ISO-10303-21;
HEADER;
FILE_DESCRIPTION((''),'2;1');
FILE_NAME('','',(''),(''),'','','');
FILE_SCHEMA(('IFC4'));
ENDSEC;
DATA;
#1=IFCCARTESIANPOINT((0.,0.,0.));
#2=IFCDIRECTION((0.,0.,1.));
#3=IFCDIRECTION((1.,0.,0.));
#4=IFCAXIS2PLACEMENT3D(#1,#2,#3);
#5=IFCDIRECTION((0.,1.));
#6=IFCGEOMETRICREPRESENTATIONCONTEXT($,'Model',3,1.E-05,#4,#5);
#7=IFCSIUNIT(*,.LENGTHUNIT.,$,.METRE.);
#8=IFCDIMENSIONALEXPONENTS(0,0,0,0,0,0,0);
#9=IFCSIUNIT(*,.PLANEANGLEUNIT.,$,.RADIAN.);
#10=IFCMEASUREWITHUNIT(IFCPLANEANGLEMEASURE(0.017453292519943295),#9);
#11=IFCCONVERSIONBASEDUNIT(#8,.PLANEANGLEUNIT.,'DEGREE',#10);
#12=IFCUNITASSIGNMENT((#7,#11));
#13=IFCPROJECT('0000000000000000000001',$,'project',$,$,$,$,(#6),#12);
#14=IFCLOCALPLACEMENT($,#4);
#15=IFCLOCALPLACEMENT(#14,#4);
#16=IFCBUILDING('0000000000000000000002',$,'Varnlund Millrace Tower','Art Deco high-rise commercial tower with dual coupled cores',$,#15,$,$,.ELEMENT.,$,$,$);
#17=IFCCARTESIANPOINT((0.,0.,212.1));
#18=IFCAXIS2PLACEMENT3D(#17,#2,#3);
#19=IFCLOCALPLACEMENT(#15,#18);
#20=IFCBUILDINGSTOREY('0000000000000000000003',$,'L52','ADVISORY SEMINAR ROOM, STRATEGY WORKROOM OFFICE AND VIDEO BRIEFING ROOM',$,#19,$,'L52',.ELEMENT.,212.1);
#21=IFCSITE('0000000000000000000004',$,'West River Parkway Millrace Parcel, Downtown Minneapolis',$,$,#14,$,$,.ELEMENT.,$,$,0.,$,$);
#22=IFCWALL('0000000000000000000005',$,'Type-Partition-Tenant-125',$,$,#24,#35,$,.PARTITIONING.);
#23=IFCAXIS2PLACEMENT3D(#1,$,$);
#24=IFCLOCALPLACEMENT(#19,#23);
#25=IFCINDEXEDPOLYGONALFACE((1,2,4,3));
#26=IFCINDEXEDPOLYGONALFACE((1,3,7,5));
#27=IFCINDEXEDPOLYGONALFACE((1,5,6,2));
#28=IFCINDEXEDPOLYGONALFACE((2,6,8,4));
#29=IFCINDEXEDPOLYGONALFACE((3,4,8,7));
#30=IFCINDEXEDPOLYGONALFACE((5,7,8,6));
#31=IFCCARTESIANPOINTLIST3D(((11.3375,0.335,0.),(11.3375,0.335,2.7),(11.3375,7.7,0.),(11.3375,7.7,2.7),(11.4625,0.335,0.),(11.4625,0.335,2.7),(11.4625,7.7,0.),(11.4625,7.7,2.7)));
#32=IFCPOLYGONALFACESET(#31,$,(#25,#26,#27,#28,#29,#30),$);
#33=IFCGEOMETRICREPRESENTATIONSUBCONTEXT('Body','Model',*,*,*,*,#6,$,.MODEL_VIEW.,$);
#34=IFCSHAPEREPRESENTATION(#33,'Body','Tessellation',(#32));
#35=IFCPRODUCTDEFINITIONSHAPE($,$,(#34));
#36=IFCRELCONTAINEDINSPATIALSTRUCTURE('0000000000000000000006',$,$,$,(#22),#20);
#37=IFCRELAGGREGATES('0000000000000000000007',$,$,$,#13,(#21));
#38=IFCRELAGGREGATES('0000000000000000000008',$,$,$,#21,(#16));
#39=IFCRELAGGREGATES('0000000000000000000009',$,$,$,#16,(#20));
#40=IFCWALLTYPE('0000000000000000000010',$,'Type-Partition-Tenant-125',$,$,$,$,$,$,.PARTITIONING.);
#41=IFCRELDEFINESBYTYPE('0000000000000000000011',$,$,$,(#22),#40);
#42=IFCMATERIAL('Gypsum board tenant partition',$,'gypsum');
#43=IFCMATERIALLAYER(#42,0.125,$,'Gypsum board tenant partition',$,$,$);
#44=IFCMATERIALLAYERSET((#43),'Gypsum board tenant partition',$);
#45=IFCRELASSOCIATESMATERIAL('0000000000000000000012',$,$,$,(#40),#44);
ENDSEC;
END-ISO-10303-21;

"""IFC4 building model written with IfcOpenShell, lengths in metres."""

from ifc_helpers import new_model, entity, si_unit, converted_unit, direction, frame, origin_with_axes, place, context, subcontext, project, spatial, polyline, outline, extrude, material, layer, layer_set, type_object, element, save


model = new_model("IFC4")

# Units and contexts
model_context = context("Model", 3, precision=1e-05, world=origin_with_axes(), true_north=direction((0.0, 1.0)))
body_context = subcontext(model_context, "Body", "Model", "MODEL_VIEW")
ifc_project = project(units=[si_unit("LENGTHUNIT", "METRE"), converted_unit("PLANEANGLEUNIT", "DEGREE", entity("IfcPlaneAngleMeasure", 0.017453292519943295), si_unit("PLANEANGLEUNIT", "RADIAN"), dimensions=[0, 0, 0, 0, 0, 0, 0])], contexts=[model_context])

# Site, building, storey
site_placement = place(None, origin_with_axes())
site = spatial("IfcSite", under=ifc_project, at=site_placement, Name="West River Parkway Millrace Parcel, Downtown Minneapolis", CompositionType="ELEMENT", RefElevation=0.0)
building_placement = place(site_placement, origin_with_axes())
building = spatial("IfcBuilding", under=site, at=building_placement, Name="Varnlund Millrace Tower", Description="Art Deco high-rise commercial tower with dual coupled cores", CompositionType="ELEMENT")
storey_placement = place(building_placement, frame((0.0, 0.0, 212.1), z_axis=(0.0, 0.0, 1.0), x_axis=(1.0, 0.0, 0.0)))
storey = spatial("IfcBuildingStorey", under=building, at=storey_placement, Name="L52", Description="ADVISORY SEMINAR ROOM, STRATEGY WORKROOM OFFICE AND VIDEO BRIEFING ROOM", LongName="L52", CompositionType="ELEMENT", Elevation=212.1)

# Wall
ifc_material_1 = material(Name="Gypsum board tenant partition", Category="gypsum")
ifc_layer_1 = layer(ifc_material_1, 0.125, Name="Gypsum board tenant partition")
ifc_layer_set_1 = layer_set([ifc_layer_1], Name="Gypsum board tenant partition")
wall_type_1 = type_object("IfcWallType", Name="Type-Partition-Tenant-125", PredefinedType="PARTITIONING", material=ifc_layer_set_1)
wall_1_placement = place(storey_placement, frame((11.4, 0.335, 0.0), z_axis=(0.0, 0.0, 1.0), x_axis=(0.0, 1.0, 0.0)))
element("IfcWall", 1, at=wall_1_placement, inside=storey, type_object=wall_type_1, Name="Type-Partition-Tenant-125", PredefinedType="PARTITIONING", context=body_context, shape_type="SweptSolid", body=[
    extrude(outline(polyline([(0.0, -0.0625), (7.365, -0.0625), (7.365, 0.0625), (0.0, 0.0625), (0.0, -0.0625)])), origin_with_axes(), (0.0, 0.0, 1.0), 2.7),
])

save(model, "model.ifc")
